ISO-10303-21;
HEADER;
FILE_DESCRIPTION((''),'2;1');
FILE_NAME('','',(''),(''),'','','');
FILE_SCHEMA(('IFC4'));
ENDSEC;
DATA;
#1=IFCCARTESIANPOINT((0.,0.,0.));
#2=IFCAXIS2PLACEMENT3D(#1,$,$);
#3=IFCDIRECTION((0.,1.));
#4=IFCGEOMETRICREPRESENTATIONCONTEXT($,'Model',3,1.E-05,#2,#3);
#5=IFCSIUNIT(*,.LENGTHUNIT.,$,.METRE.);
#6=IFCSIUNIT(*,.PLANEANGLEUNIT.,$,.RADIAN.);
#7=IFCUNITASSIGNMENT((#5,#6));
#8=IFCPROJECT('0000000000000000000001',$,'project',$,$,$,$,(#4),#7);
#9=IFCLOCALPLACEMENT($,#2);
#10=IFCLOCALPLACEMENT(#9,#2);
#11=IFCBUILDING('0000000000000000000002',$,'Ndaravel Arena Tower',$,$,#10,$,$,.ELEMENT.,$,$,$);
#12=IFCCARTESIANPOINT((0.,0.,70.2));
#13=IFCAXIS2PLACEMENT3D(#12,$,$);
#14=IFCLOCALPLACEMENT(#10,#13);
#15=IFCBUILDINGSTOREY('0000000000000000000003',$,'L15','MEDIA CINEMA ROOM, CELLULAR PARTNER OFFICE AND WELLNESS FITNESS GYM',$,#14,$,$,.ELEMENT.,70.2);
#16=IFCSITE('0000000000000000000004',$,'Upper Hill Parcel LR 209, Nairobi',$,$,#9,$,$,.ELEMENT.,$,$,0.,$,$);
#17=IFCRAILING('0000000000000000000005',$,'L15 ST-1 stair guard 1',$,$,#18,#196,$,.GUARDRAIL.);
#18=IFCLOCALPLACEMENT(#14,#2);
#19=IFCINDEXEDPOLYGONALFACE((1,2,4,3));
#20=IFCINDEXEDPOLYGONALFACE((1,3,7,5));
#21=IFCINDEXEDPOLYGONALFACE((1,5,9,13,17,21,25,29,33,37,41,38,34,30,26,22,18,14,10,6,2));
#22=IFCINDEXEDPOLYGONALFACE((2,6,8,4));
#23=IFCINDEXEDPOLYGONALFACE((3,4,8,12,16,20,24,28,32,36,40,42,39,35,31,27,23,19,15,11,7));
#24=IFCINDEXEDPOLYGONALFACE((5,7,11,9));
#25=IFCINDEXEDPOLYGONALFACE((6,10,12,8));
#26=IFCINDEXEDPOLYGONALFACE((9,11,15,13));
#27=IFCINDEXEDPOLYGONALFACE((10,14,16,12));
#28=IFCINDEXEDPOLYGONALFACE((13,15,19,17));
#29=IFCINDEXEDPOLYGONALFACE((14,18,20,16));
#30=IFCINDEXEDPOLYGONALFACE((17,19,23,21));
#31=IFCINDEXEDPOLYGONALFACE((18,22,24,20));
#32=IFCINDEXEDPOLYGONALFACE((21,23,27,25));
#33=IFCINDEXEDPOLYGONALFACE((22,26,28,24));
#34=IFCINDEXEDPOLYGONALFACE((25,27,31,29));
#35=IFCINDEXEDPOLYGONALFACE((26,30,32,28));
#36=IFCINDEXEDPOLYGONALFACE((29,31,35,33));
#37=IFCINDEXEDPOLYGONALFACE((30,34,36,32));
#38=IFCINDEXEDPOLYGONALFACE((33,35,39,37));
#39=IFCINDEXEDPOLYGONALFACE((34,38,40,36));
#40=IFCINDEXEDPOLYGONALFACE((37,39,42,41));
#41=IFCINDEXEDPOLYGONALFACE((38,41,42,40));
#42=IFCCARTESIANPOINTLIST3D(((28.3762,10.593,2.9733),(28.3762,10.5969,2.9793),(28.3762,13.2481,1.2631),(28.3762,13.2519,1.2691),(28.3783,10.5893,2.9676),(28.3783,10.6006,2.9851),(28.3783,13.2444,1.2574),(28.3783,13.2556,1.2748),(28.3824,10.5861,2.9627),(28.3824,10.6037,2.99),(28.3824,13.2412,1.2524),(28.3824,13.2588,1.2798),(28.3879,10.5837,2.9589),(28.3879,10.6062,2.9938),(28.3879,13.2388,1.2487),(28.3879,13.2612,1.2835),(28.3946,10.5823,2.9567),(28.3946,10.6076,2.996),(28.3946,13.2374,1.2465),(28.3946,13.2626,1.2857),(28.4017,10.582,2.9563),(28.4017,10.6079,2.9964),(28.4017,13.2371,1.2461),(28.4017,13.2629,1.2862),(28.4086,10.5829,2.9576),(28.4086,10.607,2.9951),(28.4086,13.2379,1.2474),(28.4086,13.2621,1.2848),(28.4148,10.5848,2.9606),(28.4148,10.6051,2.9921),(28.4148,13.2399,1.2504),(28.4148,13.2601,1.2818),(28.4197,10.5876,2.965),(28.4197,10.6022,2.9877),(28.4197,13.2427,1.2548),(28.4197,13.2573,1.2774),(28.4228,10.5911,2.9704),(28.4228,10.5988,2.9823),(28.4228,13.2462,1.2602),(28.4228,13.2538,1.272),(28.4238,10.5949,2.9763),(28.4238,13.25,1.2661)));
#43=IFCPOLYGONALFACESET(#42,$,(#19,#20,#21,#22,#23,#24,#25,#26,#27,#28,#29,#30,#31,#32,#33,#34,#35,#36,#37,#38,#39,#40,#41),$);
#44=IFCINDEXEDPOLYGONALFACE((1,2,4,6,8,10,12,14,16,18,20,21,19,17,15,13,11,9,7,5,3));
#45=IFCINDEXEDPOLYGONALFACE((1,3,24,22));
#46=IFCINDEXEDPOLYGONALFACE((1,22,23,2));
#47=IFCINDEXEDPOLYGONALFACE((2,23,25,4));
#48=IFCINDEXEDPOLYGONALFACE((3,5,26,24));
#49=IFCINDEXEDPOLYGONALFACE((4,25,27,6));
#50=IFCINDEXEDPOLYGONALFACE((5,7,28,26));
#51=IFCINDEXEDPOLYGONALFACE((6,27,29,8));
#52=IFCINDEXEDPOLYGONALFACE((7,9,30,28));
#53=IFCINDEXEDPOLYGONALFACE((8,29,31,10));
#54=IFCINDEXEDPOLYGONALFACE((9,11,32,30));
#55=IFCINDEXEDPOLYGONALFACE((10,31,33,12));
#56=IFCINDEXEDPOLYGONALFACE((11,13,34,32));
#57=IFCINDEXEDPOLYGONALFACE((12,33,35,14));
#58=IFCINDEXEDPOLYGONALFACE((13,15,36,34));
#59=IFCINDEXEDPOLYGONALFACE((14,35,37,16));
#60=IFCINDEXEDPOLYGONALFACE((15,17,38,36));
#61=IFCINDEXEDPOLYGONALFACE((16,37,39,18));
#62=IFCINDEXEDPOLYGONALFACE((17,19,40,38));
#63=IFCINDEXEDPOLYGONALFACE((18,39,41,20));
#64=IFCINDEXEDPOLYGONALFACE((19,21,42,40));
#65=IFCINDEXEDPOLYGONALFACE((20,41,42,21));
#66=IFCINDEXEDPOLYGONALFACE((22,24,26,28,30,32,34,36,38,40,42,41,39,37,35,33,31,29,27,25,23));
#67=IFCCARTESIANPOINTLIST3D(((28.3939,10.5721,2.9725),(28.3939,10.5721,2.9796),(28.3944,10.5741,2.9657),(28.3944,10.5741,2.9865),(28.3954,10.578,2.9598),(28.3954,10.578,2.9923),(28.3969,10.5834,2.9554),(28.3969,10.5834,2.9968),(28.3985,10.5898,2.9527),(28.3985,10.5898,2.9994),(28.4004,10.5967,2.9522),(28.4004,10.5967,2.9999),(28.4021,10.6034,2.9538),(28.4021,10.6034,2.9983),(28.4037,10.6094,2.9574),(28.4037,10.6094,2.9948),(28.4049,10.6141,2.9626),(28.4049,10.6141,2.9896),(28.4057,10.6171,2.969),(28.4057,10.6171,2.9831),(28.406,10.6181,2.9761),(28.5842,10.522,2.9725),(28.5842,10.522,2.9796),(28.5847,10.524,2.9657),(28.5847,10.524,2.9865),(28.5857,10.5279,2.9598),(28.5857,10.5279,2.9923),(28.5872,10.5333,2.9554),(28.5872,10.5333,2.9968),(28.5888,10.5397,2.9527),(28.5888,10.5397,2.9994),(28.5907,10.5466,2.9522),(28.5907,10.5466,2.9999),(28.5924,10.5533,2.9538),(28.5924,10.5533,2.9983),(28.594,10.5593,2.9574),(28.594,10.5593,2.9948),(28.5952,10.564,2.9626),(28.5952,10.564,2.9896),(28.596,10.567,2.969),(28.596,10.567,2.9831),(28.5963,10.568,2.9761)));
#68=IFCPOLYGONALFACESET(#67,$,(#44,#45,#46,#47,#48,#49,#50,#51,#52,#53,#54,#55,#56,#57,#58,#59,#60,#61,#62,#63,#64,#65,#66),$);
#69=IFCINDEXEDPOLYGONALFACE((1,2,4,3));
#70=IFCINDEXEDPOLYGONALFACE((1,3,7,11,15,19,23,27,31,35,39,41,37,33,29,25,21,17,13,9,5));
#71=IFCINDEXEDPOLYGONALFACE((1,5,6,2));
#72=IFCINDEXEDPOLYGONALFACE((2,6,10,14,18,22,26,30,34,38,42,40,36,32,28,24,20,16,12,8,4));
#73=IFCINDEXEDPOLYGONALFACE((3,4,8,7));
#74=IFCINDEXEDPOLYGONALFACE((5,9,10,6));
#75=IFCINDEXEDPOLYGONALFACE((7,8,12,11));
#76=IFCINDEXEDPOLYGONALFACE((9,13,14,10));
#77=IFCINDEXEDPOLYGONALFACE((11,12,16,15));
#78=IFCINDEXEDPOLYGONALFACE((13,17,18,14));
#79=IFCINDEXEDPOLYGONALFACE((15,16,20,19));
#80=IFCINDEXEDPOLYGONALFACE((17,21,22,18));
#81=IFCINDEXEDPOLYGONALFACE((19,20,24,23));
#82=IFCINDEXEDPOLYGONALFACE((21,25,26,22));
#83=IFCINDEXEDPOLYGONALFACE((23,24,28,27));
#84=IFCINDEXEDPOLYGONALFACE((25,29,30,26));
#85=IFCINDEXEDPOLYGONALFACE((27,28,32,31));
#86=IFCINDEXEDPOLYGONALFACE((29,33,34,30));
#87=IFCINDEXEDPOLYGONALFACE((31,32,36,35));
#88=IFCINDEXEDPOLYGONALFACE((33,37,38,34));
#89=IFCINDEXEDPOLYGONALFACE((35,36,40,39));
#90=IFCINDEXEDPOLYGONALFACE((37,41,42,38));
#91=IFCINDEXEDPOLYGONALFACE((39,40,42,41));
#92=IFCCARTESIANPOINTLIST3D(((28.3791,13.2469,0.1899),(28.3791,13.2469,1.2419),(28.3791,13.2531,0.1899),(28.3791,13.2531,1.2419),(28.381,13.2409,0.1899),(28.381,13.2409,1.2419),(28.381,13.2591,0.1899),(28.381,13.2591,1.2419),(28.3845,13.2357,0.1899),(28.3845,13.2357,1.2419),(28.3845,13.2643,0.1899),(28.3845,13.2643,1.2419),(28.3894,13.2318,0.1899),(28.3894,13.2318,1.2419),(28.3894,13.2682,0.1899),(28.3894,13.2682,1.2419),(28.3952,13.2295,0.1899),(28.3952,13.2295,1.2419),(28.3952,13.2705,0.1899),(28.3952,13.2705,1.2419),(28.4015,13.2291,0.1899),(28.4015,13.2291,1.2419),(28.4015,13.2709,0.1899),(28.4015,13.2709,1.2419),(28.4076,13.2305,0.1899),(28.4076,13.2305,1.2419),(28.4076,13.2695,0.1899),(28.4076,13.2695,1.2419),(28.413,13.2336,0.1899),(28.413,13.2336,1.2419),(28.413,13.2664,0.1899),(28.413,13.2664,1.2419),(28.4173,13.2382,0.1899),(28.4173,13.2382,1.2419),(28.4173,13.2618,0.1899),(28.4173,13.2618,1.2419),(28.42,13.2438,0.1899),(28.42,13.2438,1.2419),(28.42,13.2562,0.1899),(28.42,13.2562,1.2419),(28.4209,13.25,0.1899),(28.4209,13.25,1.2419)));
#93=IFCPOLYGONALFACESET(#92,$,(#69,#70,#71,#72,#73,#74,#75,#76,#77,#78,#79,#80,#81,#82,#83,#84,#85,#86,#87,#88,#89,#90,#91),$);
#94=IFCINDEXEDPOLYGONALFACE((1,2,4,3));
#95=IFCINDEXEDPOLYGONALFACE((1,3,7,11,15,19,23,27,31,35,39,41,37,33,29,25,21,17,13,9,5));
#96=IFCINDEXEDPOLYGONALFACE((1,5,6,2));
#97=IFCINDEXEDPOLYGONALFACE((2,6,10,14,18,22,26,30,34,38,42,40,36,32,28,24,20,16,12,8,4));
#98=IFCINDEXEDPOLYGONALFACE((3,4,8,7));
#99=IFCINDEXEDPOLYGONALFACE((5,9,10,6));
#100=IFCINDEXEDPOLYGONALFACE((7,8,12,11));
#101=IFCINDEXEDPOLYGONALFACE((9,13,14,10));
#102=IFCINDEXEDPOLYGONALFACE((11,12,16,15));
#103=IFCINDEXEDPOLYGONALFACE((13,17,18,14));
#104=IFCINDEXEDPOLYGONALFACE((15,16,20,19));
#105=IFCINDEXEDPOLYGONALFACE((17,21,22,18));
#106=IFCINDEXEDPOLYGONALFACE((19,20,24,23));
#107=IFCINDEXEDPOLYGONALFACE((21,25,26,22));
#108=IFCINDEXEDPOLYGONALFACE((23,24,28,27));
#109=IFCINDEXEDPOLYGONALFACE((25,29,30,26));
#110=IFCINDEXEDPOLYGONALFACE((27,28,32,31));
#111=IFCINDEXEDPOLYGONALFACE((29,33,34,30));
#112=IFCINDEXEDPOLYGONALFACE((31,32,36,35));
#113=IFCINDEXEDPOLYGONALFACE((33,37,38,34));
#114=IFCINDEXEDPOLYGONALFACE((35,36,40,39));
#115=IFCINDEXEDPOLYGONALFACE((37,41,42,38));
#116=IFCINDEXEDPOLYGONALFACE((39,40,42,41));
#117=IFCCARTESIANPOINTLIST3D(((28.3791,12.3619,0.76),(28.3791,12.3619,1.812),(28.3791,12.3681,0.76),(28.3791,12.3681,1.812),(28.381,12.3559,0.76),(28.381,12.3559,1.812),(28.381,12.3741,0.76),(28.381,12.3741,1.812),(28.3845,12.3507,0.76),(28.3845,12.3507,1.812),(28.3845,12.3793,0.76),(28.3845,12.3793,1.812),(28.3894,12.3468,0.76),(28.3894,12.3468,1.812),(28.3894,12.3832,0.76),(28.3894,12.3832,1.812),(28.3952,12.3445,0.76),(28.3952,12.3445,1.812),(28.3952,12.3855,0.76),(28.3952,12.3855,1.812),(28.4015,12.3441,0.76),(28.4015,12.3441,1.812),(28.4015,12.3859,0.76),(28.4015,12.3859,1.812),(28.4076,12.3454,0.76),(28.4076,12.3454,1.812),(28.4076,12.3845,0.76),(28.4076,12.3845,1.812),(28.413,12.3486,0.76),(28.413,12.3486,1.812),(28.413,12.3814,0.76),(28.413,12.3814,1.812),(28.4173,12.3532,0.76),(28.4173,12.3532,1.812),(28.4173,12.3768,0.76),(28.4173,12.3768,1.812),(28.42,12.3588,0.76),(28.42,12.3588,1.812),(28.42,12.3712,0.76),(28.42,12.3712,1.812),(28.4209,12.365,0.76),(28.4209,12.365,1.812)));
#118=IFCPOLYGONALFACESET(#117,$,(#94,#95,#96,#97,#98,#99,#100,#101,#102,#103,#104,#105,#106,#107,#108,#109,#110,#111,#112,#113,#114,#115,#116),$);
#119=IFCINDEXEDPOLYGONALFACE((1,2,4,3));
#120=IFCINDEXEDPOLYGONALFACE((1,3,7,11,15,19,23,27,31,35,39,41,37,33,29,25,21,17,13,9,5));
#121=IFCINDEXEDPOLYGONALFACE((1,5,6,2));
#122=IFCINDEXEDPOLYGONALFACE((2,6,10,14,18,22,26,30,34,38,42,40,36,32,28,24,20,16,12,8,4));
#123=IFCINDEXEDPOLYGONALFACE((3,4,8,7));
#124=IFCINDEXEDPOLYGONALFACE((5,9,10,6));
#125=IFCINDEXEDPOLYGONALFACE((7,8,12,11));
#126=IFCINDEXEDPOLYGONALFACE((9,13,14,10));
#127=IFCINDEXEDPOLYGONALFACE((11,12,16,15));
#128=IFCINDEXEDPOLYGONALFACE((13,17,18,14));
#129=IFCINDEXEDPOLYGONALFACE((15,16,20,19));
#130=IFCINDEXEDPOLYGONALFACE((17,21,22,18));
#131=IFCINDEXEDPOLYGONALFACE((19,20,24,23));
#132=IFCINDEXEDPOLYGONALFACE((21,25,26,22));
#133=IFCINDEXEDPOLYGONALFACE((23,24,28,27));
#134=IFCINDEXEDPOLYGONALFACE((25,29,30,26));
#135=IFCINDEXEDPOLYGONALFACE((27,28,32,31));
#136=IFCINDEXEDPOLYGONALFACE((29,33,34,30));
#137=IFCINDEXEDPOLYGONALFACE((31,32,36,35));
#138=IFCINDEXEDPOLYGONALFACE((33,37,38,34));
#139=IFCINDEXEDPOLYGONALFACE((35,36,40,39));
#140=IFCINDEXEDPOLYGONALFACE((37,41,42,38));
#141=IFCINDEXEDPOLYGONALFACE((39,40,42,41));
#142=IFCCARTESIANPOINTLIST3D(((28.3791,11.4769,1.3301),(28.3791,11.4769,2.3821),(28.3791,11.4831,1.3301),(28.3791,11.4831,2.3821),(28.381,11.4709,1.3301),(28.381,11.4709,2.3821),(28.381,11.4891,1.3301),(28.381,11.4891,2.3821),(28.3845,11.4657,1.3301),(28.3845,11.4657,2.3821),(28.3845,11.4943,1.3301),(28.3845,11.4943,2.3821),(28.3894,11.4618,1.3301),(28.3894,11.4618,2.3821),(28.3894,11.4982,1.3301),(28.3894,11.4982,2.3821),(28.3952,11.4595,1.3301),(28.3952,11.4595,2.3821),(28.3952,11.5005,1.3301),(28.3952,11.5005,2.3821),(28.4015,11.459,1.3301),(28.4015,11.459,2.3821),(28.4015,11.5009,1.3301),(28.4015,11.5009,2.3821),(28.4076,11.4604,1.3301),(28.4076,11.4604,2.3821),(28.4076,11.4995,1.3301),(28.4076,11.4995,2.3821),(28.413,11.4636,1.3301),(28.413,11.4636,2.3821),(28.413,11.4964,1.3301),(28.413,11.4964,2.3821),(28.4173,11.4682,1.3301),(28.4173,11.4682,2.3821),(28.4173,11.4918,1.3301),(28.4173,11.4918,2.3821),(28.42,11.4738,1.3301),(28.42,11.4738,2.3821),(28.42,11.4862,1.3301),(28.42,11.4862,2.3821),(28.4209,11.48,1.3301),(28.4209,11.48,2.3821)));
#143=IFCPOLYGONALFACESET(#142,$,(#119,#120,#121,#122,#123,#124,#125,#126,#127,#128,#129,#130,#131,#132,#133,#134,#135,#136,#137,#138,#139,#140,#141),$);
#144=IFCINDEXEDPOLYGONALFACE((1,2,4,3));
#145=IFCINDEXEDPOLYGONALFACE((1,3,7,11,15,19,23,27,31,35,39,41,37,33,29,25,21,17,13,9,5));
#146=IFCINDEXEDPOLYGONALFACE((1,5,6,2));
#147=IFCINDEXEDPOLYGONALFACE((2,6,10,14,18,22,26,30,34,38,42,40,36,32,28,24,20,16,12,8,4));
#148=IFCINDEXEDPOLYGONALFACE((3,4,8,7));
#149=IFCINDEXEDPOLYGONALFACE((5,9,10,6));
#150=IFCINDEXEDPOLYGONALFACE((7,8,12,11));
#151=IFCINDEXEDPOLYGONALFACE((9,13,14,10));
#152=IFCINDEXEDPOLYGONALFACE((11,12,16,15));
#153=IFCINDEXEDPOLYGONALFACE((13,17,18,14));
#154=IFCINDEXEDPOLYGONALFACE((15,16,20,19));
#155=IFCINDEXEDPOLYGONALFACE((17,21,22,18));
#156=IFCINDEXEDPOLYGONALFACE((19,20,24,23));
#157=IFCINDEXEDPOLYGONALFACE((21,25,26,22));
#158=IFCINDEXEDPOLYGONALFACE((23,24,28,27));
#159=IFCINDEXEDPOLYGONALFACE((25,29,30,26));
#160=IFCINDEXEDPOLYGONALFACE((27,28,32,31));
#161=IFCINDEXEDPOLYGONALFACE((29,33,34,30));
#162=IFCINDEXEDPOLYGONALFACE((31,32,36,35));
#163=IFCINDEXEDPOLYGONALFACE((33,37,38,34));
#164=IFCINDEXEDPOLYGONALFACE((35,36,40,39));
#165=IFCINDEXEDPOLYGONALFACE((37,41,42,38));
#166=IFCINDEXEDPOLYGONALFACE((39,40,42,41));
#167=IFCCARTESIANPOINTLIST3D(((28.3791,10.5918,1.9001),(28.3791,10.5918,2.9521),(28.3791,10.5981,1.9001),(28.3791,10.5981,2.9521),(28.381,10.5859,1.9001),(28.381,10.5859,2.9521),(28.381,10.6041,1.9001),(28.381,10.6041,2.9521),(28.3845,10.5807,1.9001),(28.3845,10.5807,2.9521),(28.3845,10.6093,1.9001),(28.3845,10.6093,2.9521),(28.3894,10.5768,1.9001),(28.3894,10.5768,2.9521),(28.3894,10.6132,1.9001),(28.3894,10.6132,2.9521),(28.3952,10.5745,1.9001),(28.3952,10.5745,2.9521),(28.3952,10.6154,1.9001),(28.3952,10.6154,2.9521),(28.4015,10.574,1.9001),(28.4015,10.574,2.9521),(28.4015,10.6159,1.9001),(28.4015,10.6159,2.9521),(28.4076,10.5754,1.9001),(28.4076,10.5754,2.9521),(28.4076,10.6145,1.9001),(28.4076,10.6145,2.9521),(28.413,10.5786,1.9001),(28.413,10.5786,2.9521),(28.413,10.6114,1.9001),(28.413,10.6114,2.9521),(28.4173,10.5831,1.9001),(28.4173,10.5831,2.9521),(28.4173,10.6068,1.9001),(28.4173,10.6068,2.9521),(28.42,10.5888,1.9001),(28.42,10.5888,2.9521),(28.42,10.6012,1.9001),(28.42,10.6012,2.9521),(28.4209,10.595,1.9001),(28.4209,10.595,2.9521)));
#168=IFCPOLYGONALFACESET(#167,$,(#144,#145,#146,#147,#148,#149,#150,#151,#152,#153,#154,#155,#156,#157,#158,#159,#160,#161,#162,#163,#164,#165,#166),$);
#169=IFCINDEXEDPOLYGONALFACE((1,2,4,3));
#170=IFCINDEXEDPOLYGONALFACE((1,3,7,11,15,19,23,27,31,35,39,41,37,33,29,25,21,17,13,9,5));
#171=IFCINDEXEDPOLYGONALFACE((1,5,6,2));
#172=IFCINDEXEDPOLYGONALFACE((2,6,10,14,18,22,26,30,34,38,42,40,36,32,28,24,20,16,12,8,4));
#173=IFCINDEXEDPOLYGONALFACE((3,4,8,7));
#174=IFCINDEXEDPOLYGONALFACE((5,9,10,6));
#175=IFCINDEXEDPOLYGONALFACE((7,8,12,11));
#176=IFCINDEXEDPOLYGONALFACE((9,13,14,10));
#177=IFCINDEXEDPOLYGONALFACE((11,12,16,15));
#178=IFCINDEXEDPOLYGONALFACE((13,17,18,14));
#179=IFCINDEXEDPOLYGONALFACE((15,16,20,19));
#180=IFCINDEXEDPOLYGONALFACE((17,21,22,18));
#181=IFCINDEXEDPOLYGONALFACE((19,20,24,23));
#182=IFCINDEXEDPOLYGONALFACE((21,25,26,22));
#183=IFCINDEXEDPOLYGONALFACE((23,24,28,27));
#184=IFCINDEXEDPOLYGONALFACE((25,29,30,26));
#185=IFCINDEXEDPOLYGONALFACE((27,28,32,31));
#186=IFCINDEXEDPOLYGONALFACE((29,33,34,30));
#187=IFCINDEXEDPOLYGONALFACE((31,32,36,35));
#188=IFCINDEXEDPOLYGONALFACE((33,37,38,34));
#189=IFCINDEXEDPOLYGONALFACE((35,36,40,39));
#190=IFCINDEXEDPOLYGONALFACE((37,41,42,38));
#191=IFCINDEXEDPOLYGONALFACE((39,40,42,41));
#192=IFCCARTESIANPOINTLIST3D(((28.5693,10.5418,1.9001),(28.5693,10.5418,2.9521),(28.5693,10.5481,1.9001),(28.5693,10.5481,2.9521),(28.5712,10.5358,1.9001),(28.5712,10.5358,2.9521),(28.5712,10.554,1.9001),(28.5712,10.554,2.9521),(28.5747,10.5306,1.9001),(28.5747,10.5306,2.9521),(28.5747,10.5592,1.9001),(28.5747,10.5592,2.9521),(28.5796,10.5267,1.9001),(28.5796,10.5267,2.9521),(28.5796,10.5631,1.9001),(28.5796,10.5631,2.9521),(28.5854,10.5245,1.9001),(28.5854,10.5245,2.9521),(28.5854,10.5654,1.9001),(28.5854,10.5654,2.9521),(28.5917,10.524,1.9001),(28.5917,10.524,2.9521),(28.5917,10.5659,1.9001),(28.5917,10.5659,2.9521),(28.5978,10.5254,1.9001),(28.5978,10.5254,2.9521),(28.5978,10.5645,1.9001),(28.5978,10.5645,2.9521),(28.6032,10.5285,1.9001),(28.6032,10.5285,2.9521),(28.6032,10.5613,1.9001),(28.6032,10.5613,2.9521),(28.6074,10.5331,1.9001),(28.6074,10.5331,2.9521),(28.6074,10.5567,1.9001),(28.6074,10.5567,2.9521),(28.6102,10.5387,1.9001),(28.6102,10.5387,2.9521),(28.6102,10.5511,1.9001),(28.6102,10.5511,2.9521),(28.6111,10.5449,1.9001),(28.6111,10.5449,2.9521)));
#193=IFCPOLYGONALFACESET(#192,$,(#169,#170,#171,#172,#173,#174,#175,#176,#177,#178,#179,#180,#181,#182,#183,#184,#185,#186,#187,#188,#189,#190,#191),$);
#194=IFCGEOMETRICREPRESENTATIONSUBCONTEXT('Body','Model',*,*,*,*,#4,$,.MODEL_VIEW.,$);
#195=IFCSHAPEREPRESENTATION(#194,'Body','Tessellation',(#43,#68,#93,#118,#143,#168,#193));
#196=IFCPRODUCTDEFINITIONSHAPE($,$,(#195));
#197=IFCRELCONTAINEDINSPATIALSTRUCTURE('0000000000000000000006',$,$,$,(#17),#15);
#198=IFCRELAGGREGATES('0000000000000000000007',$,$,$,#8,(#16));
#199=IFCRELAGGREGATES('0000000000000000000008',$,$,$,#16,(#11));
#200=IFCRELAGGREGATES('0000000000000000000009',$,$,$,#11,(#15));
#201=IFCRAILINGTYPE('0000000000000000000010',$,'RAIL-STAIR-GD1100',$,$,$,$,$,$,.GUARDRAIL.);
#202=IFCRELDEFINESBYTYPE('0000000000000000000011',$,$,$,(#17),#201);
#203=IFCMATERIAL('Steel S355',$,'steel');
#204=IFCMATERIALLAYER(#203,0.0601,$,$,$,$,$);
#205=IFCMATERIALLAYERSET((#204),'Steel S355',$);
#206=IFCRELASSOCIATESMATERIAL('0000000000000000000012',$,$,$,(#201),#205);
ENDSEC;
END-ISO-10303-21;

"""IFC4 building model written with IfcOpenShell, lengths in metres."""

from ifc_helpers import new_model, si_unit, direction, frame, origin, origin_2d, place, context, subcontext, project, spatial, circle, extrude, material, layer, layer_set, type_object, element, save


model = new_model("IFC4")

# Units and contexts
model_context = context("Model", 3, precision=1e-05, world=origin(), true_north=direction((0.0, 1.0)))
body_context = subcontext(model_context, "Body", "Model", "MODEL_VIEW")
ifc_project = project(units=[si_unit("LENGTHUNIT", "METRE"), si_unit("PLANEANGLEUNIT", "RADIAN")], contexts=[model_context])

# Site, building, storey
site_placement = place(None, origin())
site = spatial("IfcSite", under=ifc_project, at=site_placement, Name="Upper Hill Parcel LR 209, Nairobi", CompositionType="ELEMENT", RefElevation=0.0)
building_placement = place(site_placement, origin())
building = spatial("IfcBuilding", under=site, at=building_placement, Name="Ndaravel Arena Tower", CompositionType="ELEMENT")
storey_placement = place(building_placement, frame((0.0, 0.0, 70.2)))
storey = spatial("IfcBuildingStorey", under=building, at=storey_placement, Name="L15", Description="MEDIA CINEMA ROOM, CELLULAR PARTNER OFFICE AND WELLNESS FITNESS GYM", CompositionType="ELEMENT", Elevation=70.2)

# Railing
ifc_material_1 = material(Name="Steel S355", Category="steel")
ifc_layer_1 = layer(ifc_material_1, 0.0601)
ifc_layer_set_1 = layer_set([ifc_layer_1], Name="Steel S355")
railing_type_1 = type_object("IfcRailingType", Name="RAIL-STAIR-GD1100", PredefinedType="GUARDRAIL", material=ifc_layer_set_1)
railing_1_placement = place(storey_placement, frame((28.3999, 13.25, 0.1899)))
element("IfcRailing", 1, at=railing_1_placement, inside=storey, type_object=railing_type_1, Name="L15 ST-1 stair guard 1", PredefinedType="GUARDRAIL", context=body_context, shape_type="SweptSolid", body=[
    extrude(circle(Radius=0.0239, at=origin_2d()), frame((0.0, 0.0, 1.0762), z_axis=(0.0, -0.840688, 0.541519), x_axis=(1.0, 0.0, 0.0)), (0.0, 0.0, 1.0), 3.1582),
    extrude(circle(Radius=0.0239, at=origin_2d()), frame((0.0, -2.655, 2.7861), z_axis=(0.967075, -0.254493, 0.0), x_axis=(0.254493, 0.967075, 0.0)), (0.0, 0.0, 1.0), 0.1968),
    extrude(circle(Radius=0.021, at=origin_2d()), origin(), (0.0, 0.0, 1.0), 1.052),
    extrude(circle(Radius=0.021, at=origin_2d()), frame((0.0, -0.885, 0.5701)), (0.0, 0.0, 1.0), 1.052),
    extrude(circle(Radius=0.021, at=origin_2d()), frame((0.0, -1.77, 1.1401)), (0.0, 0.0, 1.0), 1.052),
    extrude(circle(Radius=0.021, at=origin_2d()), frame((0.0, -2.655, 1.7102)), (0.0, 0.0, 1.0), 1.052),
    extrude(circle(Radius=0.021, at=origin_2d()), frame((0.1902, -2.7051, 1.7102)), (0.0, 0.0, 1.0), 1.052),
])

save(model, "model.ifc")
